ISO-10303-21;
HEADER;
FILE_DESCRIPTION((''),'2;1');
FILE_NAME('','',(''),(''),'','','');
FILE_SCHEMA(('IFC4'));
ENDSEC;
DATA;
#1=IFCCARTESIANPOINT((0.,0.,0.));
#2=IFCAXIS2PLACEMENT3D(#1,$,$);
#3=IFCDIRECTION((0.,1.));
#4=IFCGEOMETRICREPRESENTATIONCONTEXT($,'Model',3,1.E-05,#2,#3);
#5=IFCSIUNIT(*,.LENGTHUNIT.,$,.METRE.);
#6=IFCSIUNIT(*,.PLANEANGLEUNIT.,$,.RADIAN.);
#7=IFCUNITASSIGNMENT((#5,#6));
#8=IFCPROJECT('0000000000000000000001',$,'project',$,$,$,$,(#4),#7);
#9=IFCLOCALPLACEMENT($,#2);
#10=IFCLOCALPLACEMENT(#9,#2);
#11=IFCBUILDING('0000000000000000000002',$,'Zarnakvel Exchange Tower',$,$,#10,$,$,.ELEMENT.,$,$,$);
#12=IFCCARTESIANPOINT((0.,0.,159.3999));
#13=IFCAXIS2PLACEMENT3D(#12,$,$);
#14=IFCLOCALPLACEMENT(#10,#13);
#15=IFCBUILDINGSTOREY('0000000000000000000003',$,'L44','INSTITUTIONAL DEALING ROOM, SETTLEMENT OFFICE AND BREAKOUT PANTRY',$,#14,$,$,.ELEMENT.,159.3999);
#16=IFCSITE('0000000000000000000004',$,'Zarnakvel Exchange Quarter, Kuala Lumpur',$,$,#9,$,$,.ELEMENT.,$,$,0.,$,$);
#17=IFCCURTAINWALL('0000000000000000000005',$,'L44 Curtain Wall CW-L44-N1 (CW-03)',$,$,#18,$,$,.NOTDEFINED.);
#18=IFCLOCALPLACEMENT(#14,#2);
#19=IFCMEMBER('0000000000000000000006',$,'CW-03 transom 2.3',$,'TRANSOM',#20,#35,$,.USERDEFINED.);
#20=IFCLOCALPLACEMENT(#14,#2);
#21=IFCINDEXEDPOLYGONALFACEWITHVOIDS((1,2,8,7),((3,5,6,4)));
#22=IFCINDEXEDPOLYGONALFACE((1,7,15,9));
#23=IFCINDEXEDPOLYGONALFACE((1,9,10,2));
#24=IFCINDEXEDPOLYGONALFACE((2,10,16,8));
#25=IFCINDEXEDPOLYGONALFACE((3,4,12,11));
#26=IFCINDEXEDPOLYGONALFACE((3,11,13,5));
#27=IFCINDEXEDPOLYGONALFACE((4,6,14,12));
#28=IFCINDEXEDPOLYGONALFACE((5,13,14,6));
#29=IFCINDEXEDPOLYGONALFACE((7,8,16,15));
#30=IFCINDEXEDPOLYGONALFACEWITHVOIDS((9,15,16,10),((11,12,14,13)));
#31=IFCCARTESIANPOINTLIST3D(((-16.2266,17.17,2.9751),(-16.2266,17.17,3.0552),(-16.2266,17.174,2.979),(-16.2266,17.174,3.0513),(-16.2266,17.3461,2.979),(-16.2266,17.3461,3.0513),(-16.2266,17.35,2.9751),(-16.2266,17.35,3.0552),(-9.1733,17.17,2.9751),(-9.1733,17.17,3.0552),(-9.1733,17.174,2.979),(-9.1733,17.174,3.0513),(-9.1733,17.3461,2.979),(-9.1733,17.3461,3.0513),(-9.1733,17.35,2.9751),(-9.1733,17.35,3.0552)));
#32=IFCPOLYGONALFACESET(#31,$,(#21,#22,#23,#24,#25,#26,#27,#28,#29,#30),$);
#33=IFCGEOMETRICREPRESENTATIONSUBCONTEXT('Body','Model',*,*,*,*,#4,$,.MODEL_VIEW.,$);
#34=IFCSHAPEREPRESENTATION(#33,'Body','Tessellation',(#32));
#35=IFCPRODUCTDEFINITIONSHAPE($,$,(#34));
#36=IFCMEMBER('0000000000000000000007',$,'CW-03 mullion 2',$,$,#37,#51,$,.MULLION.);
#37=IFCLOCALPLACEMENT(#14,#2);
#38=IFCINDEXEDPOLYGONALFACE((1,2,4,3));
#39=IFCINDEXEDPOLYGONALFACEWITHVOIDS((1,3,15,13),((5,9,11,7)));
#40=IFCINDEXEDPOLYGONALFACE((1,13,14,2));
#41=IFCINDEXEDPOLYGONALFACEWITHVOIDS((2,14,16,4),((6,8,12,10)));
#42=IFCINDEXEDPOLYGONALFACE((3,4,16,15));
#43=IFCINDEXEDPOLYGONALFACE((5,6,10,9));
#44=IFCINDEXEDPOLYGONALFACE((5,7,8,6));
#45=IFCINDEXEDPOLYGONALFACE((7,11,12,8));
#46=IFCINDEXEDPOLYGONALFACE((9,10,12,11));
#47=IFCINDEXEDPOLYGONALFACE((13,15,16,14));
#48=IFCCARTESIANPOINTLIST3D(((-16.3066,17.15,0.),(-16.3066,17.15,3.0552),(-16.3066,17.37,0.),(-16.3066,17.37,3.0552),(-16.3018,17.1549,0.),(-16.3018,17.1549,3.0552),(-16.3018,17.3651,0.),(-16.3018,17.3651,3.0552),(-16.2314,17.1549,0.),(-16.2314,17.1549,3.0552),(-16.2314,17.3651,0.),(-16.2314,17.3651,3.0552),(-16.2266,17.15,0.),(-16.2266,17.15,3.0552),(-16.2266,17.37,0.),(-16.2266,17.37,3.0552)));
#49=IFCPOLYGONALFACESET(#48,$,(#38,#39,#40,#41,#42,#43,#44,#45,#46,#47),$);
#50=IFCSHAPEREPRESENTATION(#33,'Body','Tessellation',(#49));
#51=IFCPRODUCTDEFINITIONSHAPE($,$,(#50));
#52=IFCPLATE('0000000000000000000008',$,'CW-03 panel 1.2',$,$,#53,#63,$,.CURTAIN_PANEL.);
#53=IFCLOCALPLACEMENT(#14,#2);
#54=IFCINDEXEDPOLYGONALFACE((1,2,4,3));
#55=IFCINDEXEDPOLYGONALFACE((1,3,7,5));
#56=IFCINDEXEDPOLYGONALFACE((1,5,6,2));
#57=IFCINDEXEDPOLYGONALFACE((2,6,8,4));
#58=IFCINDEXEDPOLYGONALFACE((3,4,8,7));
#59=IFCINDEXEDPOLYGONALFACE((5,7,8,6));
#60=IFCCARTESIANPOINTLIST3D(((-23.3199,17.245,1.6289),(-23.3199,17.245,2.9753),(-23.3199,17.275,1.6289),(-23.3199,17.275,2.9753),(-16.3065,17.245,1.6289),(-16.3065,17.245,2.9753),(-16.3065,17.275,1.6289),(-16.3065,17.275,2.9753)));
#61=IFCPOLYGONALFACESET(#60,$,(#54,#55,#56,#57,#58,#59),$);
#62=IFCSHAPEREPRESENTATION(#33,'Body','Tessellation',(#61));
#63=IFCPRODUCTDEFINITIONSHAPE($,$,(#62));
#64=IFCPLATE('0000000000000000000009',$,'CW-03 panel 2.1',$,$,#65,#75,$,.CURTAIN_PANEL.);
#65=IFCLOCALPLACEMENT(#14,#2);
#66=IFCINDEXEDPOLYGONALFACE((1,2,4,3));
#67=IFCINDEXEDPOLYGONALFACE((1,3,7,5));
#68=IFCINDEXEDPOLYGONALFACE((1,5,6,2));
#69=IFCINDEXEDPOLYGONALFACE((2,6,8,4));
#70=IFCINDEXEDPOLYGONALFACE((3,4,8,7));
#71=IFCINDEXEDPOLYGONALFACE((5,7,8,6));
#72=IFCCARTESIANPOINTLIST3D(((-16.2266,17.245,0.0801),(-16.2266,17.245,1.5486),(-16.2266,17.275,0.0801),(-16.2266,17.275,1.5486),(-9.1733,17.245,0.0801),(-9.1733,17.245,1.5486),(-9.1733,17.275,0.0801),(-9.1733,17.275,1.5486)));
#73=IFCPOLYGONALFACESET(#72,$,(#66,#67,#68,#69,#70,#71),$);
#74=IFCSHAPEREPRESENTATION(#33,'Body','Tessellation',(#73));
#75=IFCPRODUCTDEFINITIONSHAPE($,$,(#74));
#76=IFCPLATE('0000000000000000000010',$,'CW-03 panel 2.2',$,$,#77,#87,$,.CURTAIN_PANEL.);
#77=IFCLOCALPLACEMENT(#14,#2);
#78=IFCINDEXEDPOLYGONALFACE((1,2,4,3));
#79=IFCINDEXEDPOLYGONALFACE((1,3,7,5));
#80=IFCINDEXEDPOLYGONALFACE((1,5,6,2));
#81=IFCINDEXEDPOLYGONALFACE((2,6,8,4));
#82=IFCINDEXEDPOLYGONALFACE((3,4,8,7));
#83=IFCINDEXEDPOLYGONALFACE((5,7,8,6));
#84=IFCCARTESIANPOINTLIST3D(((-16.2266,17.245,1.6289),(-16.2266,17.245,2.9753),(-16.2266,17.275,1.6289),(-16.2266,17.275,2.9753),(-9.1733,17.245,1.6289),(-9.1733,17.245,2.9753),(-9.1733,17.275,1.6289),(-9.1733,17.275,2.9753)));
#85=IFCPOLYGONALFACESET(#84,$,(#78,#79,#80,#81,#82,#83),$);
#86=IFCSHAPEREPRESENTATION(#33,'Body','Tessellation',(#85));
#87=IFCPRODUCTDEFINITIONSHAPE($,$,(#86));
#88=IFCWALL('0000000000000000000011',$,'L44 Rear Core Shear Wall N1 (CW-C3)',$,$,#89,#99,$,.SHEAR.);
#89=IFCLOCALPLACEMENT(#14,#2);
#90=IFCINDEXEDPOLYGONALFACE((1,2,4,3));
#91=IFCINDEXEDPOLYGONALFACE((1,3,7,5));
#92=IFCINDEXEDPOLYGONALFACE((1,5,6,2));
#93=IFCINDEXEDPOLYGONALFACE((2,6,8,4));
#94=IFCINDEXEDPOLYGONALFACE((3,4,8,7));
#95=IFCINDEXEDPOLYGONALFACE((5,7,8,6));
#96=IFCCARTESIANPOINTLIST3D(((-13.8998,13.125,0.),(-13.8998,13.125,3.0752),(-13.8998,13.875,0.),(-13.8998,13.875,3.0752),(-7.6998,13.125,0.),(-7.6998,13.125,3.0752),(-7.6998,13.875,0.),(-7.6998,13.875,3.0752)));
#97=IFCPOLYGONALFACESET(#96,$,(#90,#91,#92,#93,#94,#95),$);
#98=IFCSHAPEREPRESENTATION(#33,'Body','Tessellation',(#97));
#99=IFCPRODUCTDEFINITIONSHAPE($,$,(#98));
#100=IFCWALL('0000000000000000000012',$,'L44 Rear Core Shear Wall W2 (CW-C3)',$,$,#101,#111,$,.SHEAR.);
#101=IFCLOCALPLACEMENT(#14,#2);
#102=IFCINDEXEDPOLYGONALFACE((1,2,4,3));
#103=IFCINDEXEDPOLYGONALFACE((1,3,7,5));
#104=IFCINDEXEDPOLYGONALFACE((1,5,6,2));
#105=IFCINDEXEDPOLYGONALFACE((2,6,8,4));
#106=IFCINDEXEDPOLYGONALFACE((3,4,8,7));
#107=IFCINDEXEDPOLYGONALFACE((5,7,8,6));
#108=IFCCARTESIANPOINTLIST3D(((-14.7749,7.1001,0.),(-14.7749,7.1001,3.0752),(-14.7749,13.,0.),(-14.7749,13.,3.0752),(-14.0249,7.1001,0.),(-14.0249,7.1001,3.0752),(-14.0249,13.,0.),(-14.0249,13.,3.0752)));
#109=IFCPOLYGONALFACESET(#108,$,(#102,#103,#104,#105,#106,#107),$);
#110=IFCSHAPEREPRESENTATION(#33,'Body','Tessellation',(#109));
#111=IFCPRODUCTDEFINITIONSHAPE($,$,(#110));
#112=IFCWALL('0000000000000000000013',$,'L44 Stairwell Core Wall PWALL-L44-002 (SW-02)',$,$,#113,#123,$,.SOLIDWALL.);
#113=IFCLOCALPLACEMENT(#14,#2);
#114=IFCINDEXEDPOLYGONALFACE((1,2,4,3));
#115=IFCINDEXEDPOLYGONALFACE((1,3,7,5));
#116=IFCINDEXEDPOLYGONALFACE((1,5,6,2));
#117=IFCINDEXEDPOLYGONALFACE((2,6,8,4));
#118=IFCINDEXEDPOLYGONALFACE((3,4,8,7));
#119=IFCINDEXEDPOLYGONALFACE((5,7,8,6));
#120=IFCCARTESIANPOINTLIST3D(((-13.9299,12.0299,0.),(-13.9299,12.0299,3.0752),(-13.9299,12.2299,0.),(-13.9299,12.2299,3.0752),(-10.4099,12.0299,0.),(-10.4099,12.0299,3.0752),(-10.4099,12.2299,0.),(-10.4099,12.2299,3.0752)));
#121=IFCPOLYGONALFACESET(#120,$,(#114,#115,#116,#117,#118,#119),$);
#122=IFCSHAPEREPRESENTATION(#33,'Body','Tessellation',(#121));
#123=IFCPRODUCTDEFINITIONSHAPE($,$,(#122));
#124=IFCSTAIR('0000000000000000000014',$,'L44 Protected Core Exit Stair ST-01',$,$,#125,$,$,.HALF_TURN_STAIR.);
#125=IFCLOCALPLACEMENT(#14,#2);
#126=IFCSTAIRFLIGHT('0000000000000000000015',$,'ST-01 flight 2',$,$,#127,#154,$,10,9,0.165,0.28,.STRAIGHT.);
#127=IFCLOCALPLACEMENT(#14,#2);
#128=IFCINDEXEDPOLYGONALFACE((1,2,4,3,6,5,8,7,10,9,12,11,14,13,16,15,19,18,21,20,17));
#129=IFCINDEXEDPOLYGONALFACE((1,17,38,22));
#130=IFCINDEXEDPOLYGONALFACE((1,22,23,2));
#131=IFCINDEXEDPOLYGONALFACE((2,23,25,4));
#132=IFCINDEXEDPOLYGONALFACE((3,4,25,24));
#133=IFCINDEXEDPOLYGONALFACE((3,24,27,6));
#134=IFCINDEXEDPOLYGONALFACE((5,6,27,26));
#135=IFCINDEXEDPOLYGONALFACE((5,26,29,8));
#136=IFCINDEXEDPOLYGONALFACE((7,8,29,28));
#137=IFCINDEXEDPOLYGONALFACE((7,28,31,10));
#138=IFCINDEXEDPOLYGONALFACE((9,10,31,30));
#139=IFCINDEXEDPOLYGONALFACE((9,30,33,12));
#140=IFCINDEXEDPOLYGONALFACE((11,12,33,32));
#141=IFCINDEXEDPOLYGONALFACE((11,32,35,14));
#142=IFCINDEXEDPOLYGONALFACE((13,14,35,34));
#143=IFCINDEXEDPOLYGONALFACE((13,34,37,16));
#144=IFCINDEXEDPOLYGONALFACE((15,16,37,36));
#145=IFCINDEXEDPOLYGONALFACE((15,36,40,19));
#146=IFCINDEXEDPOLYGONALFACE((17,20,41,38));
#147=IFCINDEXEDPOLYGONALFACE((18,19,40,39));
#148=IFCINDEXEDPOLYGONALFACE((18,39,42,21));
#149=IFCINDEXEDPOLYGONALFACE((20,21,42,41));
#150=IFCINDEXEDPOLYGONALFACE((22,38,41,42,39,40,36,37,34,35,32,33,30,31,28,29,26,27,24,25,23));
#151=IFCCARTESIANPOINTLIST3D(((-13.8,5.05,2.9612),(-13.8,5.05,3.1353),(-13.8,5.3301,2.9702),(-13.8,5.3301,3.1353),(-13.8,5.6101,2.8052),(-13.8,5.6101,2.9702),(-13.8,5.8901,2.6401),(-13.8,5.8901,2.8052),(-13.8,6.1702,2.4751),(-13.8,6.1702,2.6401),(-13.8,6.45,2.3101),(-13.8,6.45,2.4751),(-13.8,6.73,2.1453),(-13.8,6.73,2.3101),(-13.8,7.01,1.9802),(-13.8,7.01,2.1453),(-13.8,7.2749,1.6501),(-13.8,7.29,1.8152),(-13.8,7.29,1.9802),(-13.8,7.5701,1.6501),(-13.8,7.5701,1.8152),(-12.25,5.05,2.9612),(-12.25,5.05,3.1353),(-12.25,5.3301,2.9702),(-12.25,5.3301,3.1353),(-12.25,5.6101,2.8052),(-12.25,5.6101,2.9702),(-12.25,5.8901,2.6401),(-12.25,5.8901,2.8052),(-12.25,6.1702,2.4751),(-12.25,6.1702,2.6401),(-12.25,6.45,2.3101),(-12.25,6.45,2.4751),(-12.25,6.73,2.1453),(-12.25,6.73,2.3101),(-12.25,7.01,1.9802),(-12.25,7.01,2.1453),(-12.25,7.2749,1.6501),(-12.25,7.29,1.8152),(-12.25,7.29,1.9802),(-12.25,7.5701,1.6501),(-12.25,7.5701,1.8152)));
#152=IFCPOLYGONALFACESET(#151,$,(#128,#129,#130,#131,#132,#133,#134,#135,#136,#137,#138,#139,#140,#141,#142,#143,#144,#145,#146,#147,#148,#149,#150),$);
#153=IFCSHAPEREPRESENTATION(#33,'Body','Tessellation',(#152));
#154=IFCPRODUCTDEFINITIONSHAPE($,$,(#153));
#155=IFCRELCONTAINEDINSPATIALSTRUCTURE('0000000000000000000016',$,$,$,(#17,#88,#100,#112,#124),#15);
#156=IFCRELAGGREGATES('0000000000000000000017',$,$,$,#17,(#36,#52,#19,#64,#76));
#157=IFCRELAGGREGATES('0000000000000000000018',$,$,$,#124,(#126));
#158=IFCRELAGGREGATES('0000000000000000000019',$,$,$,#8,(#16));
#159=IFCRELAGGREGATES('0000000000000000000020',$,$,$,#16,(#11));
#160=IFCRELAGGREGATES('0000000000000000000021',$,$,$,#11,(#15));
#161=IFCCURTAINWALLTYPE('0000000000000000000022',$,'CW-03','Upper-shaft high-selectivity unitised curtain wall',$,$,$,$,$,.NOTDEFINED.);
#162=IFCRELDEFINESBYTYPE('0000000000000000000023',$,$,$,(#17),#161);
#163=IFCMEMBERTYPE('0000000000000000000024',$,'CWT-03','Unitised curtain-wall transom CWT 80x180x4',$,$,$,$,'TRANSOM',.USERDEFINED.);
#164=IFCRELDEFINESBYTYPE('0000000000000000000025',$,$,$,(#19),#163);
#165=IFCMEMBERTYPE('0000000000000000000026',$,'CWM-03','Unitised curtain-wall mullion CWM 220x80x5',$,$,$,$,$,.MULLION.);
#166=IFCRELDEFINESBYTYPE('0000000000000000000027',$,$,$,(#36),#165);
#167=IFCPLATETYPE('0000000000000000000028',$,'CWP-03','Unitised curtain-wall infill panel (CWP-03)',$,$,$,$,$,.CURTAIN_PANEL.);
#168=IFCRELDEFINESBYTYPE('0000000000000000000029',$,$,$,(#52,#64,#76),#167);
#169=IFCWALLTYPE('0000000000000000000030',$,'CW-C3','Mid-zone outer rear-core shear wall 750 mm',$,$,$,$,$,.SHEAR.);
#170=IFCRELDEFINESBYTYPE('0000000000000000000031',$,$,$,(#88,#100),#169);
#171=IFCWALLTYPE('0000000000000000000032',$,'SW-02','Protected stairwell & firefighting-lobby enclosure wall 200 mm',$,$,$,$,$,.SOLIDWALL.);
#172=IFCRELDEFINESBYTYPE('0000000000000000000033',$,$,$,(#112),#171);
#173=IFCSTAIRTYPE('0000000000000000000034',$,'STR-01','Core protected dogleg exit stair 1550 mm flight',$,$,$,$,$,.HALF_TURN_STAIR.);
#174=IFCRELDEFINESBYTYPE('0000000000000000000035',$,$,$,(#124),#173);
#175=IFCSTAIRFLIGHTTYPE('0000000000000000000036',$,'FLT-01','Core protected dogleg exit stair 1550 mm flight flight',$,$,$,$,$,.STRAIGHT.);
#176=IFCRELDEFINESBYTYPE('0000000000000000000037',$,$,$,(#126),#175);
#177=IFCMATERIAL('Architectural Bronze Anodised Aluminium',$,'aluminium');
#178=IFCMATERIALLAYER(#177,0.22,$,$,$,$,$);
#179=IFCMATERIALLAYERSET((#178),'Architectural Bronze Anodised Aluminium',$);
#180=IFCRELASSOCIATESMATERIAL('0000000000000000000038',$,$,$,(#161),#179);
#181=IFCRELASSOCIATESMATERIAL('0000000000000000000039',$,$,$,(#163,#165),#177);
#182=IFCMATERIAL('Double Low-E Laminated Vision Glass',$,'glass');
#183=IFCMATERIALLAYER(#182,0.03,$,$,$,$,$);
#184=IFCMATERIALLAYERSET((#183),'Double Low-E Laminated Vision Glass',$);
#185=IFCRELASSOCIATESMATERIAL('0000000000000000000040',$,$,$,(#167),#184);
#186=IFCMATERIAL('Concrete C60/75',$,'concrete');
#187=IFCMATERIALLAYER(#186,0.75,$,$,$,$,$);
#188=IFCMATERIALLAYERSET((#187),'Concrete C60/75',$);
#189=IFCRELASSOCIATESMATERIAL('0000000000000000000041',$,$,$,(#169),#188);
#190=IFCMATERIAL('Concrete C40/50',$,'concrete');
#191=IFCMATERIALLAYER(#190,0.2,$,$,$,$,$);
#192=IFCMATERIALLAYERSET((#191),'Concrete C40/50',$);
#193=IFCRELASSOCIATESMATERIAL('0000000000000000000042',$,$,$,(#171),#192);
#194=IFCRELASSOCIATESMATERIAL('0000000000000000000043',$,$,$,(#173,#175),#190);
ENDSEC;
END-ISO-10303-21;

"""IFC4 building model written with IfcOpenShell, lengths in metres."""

from ifc_helpers import new_model, si_unit, direction, frame, frame_2d, origin, origin_2d, place, context, subcontext, project, spatial, polyline, rectangle, hollow_rectangle, outline, extrude, source, transform, mapped, material, layer, layer_set, material_profile, profile_set, type_object, element, aggregate, save


model = new_model("IFC4")

# Units and contexts
model_context = context("Model", 3, precision=1e-05, world=origin(), true_north=direction((0.0, 1.0)))
body_context = subcontext(model_context, "Body", "Model", "MODEL_VIEW")
ifc_project = project(units=[si_unit("LENGTHUNIT", "METRE"), si_unit("PLANEANGLEUNIT", "RADIAN")], contexts=[model_context])

# Site, building, storey
site_placement = place(None, origin())
site = spatial("IfcSite", under=ifc_project, at=site_placement, Name="Zarnakvel Exchange Quarter, Kuala Lumpur", CompositionType="ELEMENT", RefElevation=0.0)
building_placement = place(site_placement, origin())
building = spatial("IfcBuilding", under=site, at=building_placement, Name="Zarnakvel Exchange Tower", CompositionType="ELEMENT")
storey_placement = place(building_placement, frame((0.0, 0.0, 159.3999)))
storey = spatial("IfcBuildingStorey", under=building, at=storey_placement, Name="L44", Description="INSTITUTIONAL DEALING ROOM, SETTLEMENT OFFICE AND BREAKOUT PANTRY", CompositionType="ELEMENT", Elevation=159.3999)

# Shared definitions
ifc_material_1 = material(Name="Concrete C60/75", Category="concrete")

# Curtain wall, members, plates
ifc_material_2 = material(Name="Architectural Bronze Anodised Aluminium", Category="aluminium")
ifc_layer_1 = layer(ifc_material_2, 0.22)
ifc_layer_set_1 = layer_set([ifc_layer_1], Name="Architectural Bronze Anodised Aluminium")
curtain_wall_type = type_object("IfcCurtainWallType", Name="CW-03", Description="Upper-shaft high-selectivity unitised curtain wall", PredefinedType="NOTDEFINED", material=ifc_layer_set_1)
curtain_wall_placement = place(storey_placement, origin())
curtain_wall = element("IfcCurtainWall", 1, at=curtain_wall_placement, inside=storey, type_object=curtain_wall_type, Name="L44 Curtain Wall CW-L44-N1 (CW-03)", PredefinedType="NOTDEFINED")
ifc_material_profile_1 = material_profile(ifc_material_2, hollow_rectangle(XDim=0.1799, YDim=0.0801, WallThickness=0.0039, at=origin_2d()))
ifc_profile_set_1 = profile_set([ifc_material_profile_1], Name="Architectural Bronze Anodised Aluminium")
member_type_1 = type_object("IfcMemberType", Name="CWT-03", Description="Unitised curtain-wall transom CWT 80x180x4", ElementType="TRANSOM", PredefinedType="USERDEFINED", material=ifc_profile_set_1)
shared_shape_1 = source(origin(), body_context, "Body", "SweptSolid", [
    extrude(hollow_rectangle(XDim=0.1799, YDim=0.0801, WallThickness=0.0039, at=origin_2d()), origin(), (0.0, 0.0, 1.0), 7.0532),
])
member_1_placement = place(storey_placement, frame((-16.2266, 17.26, 3.0151), z_axis=(1.0, 0.0, 0.0), x_axis=(0.0, 1.0, 0.0)))
member_1 = element("IfcMember", 2, at=member_1_placement, type_object=member_type_1, Name="CW-03 transom 2.3", ObjectType="TRANSOM", PredefinedType="USERDEFINED", context=body_context, shape_type="MappedRepresentation", body=[
    mapped(shared_shape_1, transform((0.0, 0.0, 0.0), x_axis=(1.0, 0.0, 0.0), y_axis=(0.0, 1.0, 0.0), z_axis=(0.0, 0.0, 1.0), scale=1.0)),
])
ifc_material_profile_2 = material_profile(ifc_material_2, hollow_rectangle(XDim=0.22, YDim=0.0801, WallThickness=0.0049, at=origin_2d()))
ifc_profile_set_2 = profile_set([ifc_material_profile_2], Name="Architectural Bronze Anodised Aluminium")
member_type_2 = type_object("IfcMemberType", Name="CWM-03", Description="Unitised curtain-wall mullion CWM 220x80x5", PredefinedType="MULLION", material=ifc_profile_set_2)
shared_shape_2 = source(origin(), body_context, "Body", "SweptSolid", [
    extrude(hollow_rectangle(XDim=0.22, YDim=0.0801, WallThickness=0.0049, at=origin_2d()), origin(), (0.0, 0.0, 1.0), 3.0552),
])
member_2_placement = place(storey_placement, frame((-16.2666, 17.26, 0.0), z_axis=(0.0, 0.0, 1.0), x_axis=(0.0, 1.0, 0.0)))
member_2 = element("IfcMember", 3, at=member_2_placement, type_object=member_type_2, Name="CW-03 mullion 2", PredefinedType="MULLION", context=body_context, shape_type="MappedRepresentation", body=[
    mapped(shared_shape_2, transform((0.0, 0.0, 0.0), x_axis=(1.0, 0.0, 0.0), y_axis=(0.0, 1.0, 0.0), z_axis=(0.0, 0.0, 1.0), scale=1.0)),
])
ifc_material_3 = material(Name="Double Low-E Laminated Vision Glass", Category="glass")
ifc_layer_2 = layer(ifc_material_3, 0.03)
ifc_layer_set_2 = layer_set([ifc_layer_2], Name="Double Low-E Laminated Vision Glass")
plate_type = type_object("IfcPlateType", Name="CWP-03", Description="Unitised curtain-wall infill panel (CWP-03)", PredefinedType="CURTAIN_PANEL", material=ifc_layer_set_2)
shared_shape_3 = source(origin(), body_context, "Body", "SweptSolid", [
    extrude(rectangle(XDim=7.0134, YDim=0.03, at=origin_2d()), origin(), (0.0, 0.0, 1.0), 1.3464),
])
plate_1_placement = place(storey_placement, frame((-19.8132, 17.26, 1.6289), z_axis=(0.0, 0.0, 1.0), x_axis=(1.0, 0.0, 0.0)))
plate_1 = element("IfcPlate", 4, at=plate_1_placement, type_object=plate_type, Name="CW-03 panel 1.2", PredefinedType="CURTAIN_PANEL", context=body_context, shape_type="MappedRepresentation", body=[
    mapped(shared_shape_3, transform((0.0, 0.0, 0.0), x_axis=(1.0, 0.0, 0.0), y_axis=(0.0, 1.0, 0.0), z_axis=(0.0, 0.0, 1.0), scale=1.0)),
])
shared_shape_4 = source(origin(), body_context, "Body", "SweptSolid", [
    extrude(rectangle(XDim=7.0532, YDim=0.03, at=origin_2d()), origin(), (0.0, 0.0, 1.0), 1.4685),
])
plate_2_placement = place(storey_placement, frame((-12.7, 17.26, 0.0801), z_axis=(0.0, 0.0, 1.0), x_axis=(1.0, 0.0, 0.0)))
plate_2 = element("IfcPlate", 5, at=plate_2_placement, type_object=plate_type, Name="CW-03 panel 2.1", PredefinedType="CURTAIN_PANEL", context=body_context, shape_type="MappedRepresentation", body=[
    mapped(shared_shape_4, transform((0.0, 0.0, 0.0), x_axis=(1.0, 0.0, 0.0), y_axis=(0.0, 1.0, 0.0), z_axis=(0.0, 0.0, 1.0), scale=1.0)),
])
shared_shape_5 = source(origin(), body_context, "Body", "SweptSolid", [
    extrude(rectangle(XDim=7.0532, YDim=0.03, at=origin_2d()), origin(), (0.0, 0.0, 1.0), 1.3464),
])
plate_3_placement = place(storey_placement, frame((-12.7, 17.26, 1.6289), z_axis=(0.0, 0.0, 1.0), x_axis=(1.0, 0.0, 0.0)))
plate_3 = element("IfcPlate", 6, at=plate_3_placement, type_object=plate_type, Name="CW-03 panel 2.2", PredefinedType="CURTAIN_PANEL", context=body_context, shape_type="MappedRepresentation", body=[
    mapped(shared_shape_5, transform((0.0, 0.0, 0.0), x_axis=(1.0, 0.0, 0.0), y_axis=(0.0, 1.0, 0.0), z_axis=(0.0, 0.0, 1.0), scale=1.0)),
])
aggregate(curtain_wall, [member_2, plate_1, member_1, plate_2, plate_3])

# Walls
ifc_layer_3 = layer(ifc_material_1, 0.75)
ifc_layer_set_3 = layer_set([ifc_layer_3], Name="Concrete C60/75")
wall_type_1 = type_object("IfcWallType", Name="CW-C3", Description="Mid-zone outer rear-core shear wall 750 mm", PredefinedType="SHEAR", material=ifc_layer_set_3)
wall_1_placement = place(storey_placement, frame((-13.8999, 13.5, 0.0), z_axis=(0.0, 0.0, 1.0), x_axis=(1.0, 0.0, 0.0)))
element("IfcWall", 7, at=wall_1_placement, inside=storey, type_object=wall_type_1, Name="L44 Rear Core Shear Wall N1 (CW-C3)", PredefinedType="SHEAR", context=body_context, shape_type="SweptSolid", body=[
    extrude(rectangle(XDim=6.2, YDim=0.75, at=frame_2d((3.1001, 0.0))), origin(), (0.0, 0.0, 1.0), 3.0752),
])
wall_2_placement = place(storey_placement, frame((-14.3999, 7.1001, 0.0), z_axis=(0.0, 0.0, 1.0), x_axis=(0.0, 1.0, 0.0)))
element("IfcWall", 8, at=wall_2_placement, inside=storey, type_object=wall_type_1, Name="L44 Rear Core Shear Wall W2 (CW-C3)", PredefinedType="SHEAR", context=body_context, shape_type="SweptSolid", body=[
    extrude(rectangle(XDim=5.8999, YDim=0.75, at=frame_2d((2.95, 0.0))), origin(), (0.0, 0.0, 1.0), 3.0752),
])

# Wall
ifc_material_4 = material(Name="Concrete C40/50", Category="concrete")
ifc_layer_4 = layer(ifc_material_4, 0.2)
ifc_layer_set_4 = layer_set([ifc_layer_4], Name="Concrete C40/50")
wall_type_2 = type_object("IfcWallType", Name="SW-02", Description="Protected stairwell & firefighting-lobby enclosure wall 200 mm", PredefinedType="SOLIDWALL", material=ifc_layer_set_4)
wall_3_placement = place(storey_placement, frame((-13.9299, 12.1299, 0.0), z_axis=(0.0, 0.0, 1.0), x_axis=(1.0, 0.0, 0.0)))
element("IfcWall", 9, at=wall_3_placement, inside=storey, type_object=wall_type_2, Name="L44 Stairwell Core Wall PWALL-L44-002 (SW-02)", PredefinedType="SOLIDWALL", context=body_context, shape_type="SweptSolid", body=[
    extrude(rectangle(XDim=3.52, YDim=0.2, at=frame_2d((1.76, 0.0))), origin(), (0.0, 0.0, 1.0), 3.0752),
])

# Stair, stair flight
stair_type = type_object("IfcStairType", Name="STR-01", Description="Core protected dogleg exit stair 1550 mm flight", PredefinedType="HALF_TURN_STAIR", material=ifc_material_4)
stair_placement = place(storey_placement, origin())
stair = element("IfcStair", 10, at=stair_placement, inside=storey, type_object=stair_type, Name="L44 Protected Core Exit Stair ST-01", PredefinedType="HALF_TURN_STAIR")
stair_flight_type = type_object("IfcStairFlightType", Name="FLT-01", Description="Core protected dogleg exit stair 1550 mm flight flight", PredefinedType="STRAIGHT", material=ifc_material_4)
stair_flight_placement = place(storey_placement, frame((-13.0249, 7.5701, 1.6501), z_axis=(0.0, 0.0, 1.0), x_axis=(0.0, -1.0, 0.0)))
stair_flight = element("IfcStairFlight", 11, at=stair_flight_placement, type_object=stair_flight_type, Name="ST-01 flight 2", NumberOfRisers=10, NumberOfTreads=9, PredefinedType="STRAIGHT", RiserHeight=0.165, TreadLength=0.28, context=body_context, shape_type="SweptSolid", body=[
    extrude(outline(polyline([(0.0, 0.0), (0.0, 0.165), (0.28, 0.165), (0.28, 0.3301), (0.5601, 0.3301), (0.5601, 0.4951), (0.8401, 0.4951), (0.8401, 0.6599), (1.1201, 0.6599), (1.1201, 0.825), (1.3999, 0.825), (1.3999, 0.99), (1.6799, 0.99), (1.6799, 1.155), (1.96, 1.155), (1.96, 1.3201), (2.24, 1.3201), (2.24, 1.4851), (2.52, 1.4851), (2.52, 1.6499), (2.52, 1.311), (0.2952, 0.0), (0.0, 0.0)])), frame((0.0, 0.7749, 0.0), z_axis=(0.0, -1.0, 0.0), x_axis=(1.0, 0.0, 0.0)), (0.0, 0.0, 1.0), 1.55),
])
aggregate(stair, [stair_flight])

save(model, "model.ifc")
